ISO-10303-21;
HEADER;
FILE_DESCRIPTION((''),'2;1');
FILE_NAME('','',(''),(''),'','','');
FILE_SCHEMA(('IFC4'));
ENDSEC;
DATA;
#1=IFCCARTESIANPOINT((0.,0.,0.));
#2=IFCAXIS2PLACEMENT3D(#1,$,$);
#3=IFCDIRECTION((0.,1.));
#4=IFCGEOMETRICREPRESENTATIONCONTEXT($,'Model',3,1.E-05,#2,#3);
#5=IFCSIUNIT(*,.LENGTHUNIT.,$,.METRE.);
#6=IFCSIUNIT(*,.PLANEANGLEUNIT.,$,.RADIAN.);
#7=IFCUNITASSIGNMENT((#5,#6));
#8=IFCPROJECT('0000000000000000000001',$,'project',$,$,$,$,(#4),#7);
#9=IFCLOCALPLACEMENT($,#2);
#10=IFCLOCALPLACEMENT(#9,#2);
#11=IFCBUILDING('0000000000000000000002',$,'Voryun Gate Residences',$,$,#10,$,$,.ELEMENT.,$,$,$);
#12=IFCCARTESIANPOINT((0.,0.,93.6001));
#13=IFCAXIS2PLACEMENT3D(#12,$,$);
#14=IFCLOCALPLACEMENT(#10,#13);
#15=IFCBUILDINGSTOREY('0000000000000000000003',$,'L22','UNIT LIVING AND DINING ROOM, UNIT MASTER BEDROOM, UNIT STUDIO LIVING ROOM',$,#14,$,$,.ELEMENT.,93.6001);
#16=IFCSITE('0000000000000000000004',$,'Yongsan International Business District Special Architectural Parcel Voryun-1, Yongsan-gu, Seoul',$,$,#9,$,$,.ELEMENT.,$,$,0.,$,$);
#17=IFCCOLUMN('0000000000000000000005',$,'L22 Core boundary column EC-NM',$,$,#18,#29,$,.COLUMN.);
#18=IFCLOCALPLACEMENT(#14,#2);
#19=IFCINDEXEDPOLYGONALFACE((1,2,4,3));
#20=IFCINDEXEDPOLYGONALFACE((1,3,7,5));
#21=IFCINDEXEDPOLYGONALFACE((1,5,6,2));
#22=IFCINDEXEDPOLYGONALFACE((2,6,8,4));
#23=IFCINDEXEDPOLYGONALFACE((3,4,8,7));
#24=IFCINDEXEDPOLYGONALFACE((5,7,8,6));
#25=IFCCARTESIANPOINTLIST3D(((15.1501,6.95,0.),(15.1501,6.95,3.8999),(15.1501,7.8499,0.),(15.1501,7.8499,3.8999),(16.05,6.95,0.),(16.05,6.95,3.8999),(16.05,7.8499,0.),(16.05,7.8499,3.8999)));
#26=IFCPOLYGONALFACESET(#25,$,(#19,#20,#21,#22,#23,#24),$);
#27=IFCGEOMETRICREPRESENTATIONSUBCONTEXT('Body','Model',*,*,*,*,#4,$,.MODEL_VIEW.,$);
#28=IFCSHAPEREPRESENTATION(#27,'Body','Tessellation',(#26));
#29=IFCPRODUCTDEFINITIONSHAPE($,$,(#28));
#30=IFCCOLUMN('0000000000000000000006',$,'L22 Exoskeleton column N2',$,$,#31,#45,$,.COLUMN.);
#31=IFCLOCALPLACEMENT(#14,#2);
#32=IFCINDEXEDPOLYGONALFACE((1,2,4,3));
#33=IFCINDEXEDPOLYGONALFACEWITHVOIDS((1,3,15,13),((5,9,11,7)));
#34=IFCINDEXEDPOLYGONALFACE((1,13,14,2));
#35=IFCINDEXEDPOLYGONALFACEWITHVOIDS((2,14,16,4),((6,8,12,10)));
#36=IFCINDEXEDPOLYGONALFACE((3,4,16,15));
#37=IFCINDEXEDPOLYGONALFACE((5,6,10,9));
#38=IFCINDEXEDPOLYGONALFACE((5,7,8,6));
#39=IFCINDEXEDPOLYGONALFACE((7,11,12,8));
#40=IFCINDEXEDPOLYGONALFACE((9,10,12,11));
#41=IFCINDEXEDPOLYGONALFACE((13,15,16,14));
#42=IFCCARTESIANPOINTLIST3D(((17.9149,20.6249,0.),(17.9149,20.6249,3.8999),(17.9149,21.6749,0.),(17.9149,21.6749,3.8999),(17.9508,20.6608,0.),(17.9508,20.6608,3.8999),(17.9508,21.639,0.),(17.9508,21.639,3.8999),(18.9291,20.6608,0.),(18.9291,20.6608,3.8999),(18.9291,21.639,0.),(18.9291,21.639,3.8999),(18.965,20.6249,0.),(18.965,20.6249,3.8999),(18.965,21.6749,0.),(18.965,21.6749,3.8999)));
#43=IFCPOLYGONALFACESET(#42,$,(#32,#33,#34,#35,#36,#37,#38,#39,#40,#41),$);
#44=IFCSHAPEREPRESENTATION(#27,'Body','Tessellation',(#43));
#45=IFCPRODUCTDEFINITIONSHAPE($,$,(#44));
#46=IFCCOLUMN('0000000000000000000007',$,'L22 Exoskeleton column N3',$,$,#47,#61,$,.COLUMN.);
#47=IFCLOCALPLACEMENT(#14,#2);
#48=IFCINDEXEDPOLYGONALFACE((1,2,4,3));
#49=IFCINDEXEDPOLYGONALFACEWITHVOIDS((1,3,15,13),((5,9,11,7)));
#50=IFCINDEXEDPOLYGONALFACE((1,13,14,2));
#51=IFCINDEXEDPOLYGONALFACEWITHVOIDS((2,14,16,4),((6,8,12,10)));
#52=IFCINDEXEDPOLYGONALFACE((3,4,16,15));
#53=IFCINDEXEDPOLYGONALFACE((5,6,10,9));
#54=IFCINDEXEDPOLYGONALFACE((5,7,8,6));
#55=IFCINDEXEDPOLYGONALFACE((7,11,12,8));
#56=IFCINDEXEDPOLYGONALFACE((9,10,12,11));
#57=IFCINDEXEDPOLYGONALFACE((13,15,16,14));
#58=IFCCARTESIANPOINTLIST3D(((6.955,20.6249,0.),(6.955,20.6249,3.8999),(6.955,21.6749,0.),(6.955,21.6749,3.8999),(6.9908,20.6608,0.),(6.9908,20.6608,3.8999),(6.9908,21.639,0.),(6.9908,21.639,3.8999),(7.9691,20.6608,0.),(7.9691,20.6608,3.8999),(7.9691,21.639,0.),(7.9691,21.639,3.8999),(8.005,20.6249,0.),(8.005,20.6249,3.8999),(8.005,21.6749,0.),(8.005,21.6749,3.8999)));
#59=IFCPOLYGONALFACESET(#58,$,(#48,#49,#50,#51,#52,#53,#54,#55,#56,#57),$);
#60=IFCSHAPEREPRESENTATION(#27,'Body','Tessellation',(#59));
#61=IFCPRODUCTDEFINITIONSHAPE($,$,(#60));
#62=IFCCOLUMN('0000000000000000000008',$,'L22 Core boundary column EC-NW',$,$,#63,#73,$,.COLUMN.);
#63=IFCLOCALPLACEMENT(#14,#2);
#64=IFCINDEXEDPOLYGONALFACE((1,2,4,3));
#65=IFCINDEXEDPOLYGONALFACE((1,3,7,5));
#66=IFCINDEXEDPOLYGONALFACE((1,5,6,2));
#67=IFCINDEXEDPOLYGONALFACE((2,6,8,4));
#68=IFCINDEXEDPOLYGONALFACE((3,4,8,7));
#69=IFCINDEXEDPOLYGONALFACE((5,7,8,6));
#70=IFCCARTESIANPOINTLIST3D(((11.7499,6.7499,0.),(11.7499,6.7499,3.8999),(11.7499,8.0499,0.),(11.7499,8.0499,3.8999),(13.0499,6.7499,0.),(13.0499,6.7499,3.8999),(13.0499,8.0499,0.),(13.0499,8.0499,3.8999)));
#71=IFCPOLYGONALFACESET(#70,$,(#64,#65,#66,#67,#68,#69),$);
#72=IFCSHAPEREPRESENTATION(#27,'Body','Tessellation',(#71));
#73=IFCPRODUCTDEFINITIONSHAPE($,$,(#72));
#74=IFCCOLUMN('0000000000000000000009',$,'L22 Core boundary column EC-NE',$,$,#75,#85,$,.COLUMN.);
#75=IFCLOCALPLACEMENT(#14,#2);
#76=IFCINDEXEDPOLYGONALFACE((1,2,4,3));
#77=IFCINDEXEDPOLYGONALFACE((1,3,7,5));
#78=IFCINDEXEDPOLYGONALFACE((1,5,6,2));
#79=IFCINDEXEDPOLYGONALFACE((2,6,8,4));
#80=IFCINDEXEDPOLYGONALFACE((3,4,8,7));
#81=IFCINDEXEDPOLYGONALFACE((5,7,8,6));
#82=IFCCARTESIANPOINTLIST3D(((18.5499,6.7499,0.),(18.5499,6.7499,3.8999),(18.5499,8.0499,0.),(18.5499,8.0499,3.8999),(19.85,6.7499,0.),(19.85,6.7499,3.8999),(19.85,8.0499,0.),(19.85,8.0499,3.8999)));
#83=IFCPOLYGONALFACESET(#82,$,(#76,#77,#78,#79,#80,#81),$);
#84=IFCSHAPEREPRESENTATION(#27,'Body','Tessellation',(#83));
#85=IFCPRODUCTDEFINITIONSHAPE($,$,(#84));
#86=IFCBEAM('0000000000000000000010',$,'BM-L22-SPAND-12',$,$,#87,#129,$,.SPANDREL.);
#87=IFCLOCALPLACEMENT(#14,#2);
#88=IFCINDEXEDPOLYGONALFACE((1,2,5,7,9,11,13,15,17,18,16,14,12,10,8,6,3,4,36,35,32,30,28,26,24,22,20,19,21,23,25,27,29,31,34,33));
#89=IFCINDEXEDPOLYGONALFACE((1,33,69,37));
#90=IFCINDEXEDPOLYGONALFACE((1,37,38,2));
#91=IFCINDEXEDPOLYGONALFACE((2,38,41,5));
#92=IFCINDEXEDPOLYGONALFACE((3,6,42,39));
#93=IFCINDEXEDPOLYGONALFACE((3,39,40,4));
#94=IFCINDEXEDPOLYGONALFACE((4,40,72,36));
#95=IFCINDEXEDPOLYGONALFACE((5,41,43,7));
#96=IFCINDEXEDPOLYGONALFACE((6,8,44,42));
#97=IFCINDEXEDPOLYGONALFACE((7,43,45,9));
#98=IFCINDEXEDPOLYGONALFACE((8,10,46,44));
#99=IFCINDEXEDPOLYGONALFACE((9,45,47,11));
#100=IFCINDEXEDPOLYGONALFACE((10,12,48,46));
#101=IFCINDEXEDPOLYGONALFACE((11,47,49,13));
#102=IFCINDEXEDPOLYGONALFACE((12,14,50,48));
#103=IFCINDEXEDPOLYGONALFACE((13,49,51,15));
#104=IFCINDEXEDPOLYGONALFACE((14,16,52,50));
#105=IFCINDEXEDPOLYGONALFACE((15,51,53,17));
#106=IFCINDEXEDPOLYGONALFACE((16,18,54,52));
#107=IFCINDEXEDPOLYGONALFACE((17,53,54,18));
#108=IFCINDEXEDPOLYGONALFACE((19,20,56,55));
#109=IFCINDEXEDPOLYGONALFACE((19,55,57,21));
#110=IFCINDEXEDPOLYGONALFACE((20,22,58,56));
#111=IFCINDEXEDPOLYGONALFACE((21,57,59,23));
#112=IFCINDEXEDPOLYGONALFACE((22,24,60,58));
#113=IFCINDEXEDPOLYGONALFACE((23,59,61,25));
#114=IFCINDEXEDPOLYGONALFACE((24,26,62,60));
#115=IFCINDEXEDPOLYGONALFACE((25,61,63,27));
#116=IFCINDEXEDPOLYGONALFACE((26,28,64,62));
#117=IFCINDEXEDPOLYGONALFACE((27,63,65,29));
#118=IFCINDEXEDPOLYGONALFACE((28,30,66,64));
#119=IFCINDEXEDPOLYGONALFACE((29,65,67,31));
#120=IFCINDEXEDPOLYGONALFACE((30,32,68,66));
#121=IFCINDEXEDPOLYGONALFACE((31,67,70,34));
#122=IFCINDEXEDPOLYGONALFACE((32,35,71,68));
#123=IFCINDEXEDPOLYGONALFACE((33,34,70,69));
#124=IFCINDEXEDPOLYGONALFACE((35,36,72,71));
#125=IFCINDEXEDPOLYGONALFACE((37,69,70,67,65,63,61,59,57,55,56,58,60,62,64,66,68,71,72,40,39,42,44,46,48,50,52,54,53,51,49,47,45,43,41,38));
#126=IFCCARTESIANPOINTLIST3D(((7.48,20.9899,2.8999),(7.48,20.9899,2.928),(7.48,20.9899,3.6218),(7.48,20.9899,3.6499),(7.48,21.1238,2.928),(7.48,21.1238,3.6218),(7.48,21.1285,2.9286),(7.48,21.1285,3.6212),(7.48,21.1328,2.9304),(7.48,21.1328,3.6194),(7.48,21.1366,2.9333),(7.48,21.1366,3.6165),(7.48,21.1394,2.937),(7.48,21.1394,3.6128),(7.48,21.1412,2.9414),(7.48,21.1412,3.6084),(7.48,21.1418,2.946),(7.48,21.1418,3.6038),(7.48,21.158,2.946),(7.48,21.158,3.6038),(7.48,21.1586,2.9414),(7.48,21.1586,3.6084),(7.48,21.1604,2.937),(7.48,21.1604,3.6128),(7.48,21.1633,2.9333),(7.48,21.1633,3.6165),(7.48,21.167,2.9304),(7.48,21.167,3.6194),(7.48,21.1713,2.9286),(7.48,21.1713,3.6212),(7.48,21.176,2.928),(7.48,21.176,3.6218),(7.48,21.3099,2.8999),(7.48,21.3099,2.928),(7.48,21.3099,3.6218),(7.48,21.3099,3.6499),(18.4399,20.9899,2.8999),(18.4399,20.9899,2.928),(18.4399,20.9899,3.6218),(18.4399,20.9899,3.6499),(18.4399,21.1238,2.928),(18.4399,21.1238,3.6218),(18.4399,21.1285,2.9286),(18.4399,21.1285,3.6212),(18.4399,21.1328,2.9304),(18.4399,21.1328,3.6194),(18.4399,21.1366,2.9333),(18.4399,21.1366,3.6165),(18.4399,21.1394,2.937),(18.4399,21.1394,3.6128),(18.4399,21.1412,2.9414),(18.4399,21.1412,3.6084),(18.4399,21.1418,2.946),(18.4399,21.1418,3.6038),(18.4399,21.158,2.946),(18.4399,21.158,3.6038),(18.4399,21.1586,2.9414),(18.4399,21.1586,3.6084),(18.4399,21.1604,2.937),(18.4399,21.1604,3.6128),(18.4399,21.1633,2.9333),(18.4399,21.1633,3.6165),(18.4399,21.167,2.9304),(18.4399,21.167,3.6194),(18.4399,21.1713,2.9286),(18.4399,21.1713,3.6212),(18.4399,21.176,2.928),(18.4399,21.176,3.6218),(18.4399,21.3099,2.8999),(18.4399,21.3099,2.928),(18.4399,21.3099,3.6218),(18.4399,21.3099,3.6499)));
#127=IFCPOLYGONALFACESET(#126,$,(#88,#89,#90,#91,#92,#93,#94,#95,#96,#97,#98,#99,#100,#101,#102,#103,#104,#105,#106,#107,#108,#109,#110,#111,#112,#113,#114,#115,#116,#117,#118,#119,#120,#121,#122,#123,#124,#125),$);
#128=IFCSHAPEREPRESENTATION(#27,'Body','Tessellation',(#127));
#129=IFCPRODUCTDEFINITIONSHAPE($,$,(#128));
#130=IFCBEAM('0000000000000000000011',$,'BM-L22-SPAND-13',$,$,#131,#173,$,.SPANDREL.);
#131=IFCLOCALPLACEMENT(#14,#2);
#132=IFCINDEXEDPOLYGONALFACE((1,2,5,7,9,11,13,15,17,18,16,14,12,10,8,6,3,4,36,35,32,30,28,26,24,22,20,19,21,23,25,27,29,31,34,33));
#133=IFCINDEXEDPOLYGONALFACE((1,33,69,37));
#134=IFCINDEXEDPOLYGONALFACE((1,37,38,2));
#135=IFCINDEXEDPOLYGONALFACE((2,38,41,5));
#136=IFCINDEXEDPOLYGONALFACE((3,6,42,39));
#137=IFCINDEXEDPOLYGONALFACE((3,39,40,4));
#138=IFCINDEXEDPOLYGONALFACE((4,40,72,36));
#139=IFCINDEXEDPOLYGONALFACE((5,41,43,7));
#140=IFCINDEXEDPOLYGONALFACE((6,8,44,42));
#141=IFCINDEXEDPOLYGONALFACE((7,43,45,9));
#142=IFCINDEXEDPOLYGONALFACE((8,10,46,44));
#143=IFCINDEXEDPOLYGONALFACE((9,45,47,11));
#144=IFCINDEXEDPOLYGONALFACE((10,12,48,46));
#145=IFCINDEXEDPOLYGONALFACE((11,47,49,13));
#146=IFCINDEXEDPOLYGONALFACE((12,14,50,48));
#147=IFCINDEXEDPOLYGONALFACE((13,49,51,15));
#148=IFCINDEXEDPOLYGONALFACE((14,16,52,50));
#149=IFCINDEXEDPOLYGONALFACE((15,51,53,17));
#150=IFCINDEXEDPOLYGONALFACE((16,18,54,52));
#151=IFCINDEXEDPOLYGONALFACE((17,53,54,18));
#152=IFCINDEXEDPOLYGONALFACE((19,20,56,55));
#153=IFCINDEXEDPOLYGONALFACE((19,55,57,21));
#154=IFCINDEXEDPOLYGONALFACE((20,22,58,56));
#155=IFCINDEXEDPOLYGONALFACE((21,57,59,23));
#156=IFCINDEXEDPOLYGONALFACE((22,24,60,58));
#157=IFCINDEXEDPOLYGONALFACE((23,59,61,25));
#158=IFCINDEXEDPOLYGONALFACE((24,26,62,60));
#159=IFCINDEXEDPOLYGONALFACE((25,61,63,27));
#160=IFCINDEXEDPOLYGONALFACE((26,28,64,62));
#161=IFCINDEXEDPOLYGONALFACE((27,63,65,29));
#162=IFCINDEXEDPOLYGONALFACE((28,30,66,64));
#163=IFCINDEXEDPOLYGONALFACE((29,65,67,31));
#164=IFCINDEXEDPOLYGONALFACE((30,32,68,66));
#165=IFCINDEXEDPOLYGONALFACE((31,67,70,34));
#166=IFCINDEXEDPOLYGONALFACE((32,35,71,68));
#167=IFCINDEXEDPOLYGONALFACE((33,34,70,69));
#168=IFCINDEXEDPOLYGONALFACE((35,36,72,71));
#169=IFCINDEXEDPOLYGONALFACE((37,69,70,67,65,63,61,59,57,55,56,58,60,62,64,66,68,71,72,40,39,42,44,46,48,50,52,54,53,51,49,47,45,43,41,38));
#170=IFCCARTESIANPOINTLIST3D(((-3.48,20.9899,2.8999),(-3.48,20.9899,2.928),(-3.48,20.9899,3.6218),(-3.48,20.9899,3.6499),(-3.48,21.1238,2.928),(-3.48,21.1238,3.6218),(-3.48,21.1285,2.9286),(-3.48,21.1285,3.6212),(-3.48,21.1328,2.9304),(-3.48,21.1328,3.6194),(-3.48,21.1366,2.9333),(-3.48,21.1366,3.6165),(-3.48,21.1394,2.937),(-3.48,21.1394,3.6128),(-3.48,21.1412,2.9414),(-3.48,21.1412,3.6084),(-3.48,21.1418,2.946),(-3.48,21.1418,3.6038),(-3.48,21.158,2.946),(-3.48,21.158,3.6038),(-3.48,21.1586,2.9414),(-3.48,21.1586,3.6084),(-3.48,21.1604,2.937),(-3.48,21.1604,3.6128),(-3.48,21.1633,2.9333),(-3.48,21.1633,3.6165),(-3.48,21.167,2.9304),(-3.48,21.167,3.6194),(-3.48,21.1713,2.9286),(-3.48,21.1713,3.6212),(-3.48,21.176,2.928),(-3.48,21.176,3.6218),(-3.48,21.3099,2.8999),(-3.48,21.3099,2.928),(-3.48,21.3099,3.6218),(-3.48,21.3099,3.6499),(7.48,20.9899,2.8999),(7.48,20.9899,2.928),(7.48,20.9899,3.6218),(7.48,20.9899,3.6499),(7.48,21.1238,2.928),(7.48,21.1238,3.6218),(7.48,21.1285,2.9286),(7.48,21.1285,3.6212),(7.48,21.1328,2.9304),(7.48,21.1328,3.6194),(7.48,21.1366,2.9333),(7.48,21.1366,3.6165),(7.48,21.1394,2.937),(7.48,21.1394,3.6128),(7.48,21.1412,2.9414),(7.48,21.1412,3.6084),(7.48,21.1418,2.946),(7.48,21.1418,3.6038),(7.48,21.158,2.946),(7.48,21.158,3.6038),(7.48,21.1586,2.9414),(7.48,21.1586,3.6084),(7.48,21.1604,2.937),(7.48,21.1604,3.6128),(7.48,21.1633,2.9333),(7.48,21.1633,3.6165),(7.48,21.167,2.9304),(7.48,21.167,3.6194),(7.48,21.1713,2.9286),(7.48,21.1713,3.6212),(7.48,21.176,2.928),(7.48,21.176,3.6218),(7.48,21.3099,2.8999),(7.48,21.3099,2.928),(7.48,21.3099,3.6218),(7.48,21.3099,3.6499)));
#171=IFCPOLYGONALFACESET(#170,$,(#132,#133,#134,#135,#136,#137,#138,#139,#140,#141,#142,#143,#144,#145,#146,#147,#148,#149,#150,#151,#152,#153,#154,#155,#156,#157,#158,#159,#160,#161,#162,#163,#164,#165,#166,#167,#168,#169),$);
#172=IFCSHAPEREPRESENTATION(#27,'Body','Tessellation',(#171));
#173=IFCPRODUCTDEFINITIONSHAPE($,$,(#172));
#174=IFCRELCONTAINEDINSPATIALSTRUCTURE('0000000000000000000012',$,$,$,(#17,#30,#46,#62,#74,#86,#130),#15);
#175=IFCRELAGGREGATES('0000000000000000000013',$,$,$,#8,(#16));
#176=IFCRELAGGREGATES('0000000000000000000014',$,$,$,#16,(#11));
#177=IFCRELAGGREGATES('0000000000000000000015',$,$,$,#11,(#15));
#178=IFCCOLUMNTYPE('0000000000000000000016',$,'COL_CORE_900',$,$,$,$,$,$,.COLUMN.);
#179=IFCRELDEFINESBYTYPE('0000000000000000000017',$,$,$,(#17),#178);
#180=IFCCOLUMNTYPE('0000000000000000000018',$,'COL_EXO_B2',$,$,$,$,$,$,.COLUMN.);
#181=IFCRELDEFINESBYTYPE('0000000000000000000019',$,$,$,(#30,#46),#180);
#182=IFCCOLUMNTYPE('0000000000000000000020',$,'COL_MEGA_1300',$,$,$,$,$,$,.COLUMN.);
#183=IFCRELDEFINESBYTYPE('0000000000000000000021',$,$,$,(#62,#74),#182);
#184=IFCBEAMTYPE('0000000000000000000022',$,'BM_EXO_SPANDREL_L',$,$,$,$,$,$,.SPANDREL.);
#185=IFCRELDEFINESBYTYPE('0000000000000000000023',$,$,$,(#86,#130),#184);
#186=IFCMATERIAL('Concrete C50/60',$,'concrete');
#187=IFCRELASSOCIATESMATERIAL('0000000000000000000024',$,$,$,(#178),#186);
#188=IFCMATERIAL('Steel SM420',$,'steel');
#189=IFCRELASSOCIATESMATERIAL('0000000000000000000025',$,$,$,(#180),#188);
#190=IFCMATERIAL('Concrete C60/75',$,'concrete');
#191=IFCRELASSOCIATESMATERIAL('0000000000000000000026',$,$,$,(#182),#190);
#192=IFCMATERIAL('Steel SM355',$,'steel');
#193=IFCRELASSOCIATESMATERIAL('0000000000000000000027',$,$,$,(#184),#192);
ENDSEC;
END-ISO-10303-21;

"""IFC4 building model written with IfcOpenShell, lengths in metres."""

from ifc_helpers import new_model, si_unit, direction, frame, origin, origin_2d, place, context, subcontext, project, spatial, rectangle, hollow_rectangle, i_section, extrude, material, material_profile, profile_set, type_object, element, save


model = new_model("IFC4")

# Units and contexts
model_context = context("Model", 3, precision=1e-05, world=origin(), true_north=direction((0.0, 1.0)))
body_context = subcontext(model_context, "Body", "Model", "MODEL_VIEW")
ifc_project = project(units=[si_unit("LENGTHUNIT", "METRE"), si_unit("PLANEANGLEUNIT", "RADIAN")], contexts=[model_context])

# Site, building, storey
site_placement = place(None, origin())
site = spatial("IfcSite", under=ifc_project, at=site_placement, Name="Yongsan International Business District Special Architectural Parcel Voryun-1, Yongsan-gu, Seoul", CompositionType="ELEMENT", RefElevation=0.0)
building_placement = place(site_placement, origin())
building = spatial("IfcBuilding", under=site, at=building_placement, Name="Voryun Gate Residences", CompositionType="ELEMENT")
storey_placement = place(building_placement, frame((0.0, 0.0, 93.6001)))
storey = spatial("IfcBuildingStorey", under=building, at=storey_placement, Name="L22", Description="UNIT LIVING AND DINING ROOM, UNIT MASTER BEDROOM, UNIT STUDIO LIVING ROOM", CompositionType="ELEMENT", Elevation=93.6001)

# Columns
ifc_material_1 = material(Name="Concrete C50/60", Category="concrete")
ifc_material_profile_1 = material_profile(ifc_material_1, rectangle(XDim=0.8999, YDim=0.8999, at=origin_2d()), Name="RC-900x900")
ifc_profile_set_1 = profile_set([ifc_material_profile_1], Name="Concrete C50/60")
column_type_1 = type_object("IfcColumnType", Name="COL_CORE_900", PredefinedType="COLUMN", material=ifc_profile_set_1)
column_placement = place(storey_placement, frame((15.6001, 7.3999, 0.0), z_axis=(0.0, 0.0, 1.0), x_axis=(1.0, 0.0, 0.0)))
element("IfcColumn", 1, at=column_placement, inside=storey, type_object=column_type_1, Name="L22 Core boundary column EC-NM", PredefinedType="COLUMN", context=body_context, shape_type="SweptSolid", body=[
    extrude(rectangle(XDim=0.8999, YDim=0.8999, at=origin_2d()), origin(), (0.0, 0.0, 1.0), 3.8999),
])
ifc_material_2 = material(Name="Steel SM420", Category="steel")
ifc_material_profile_2 = material_profile(ifc_material_2, hollow_rectangle(XDim=1.05, YDim=1.05, WallThickness=0.0359, at=origin_2d()), Name="BOX-1050x1050x36")
ifc_profile_set_2 = profile_set([ifc_material_profile_2], Name="Steel SM420")
column_type_2 = type_object("IfcColumnType", Name="COL_EXO_B2", PredefinedType="COLUMN", material=ifc_profile_set_2)
for number, where, z_axis, x_axis, name in (
    (2, (18.4399, 21.1499, 0.0), (0.0, 0.0, 1.0), (1.0, 0.0, 0.0), "L22 Exoskeleton column N2"),
    (3, (7.48, 21.1499, 0.0), (0.0, 0.0, 1.0), (1.0, 0.0, 0.0), "L22 Exoskeleton column N3"),
):
    element("IfcColumn", number, at=place(storey_placement, frame(where, z_axis=z_axis, x_axis=x_axis)), inside=storey, type_object=column_type_2, Name=name, PredefinedType="COLUMN", context=body_context, shape_type="SweptSolid", body=[
        extrude(hollow_rectangle(XDim=1.05, YDim=1.05, WallThickness=0.0359, at=origin_2d()), origin(), (0.0, 0.0, 1.0), 3.8999),
    ])
ifc_material_3 = material(Name="Concrete C60/75", Category="concrete")
ifc_material_profile_3 = material_profile(ifc_material_3, rectangle(XDim=1.3, YDim=1.3, at=origin_2d()), Name="RC-1300x1300")
ifc_profile_set_3 = profile_set([ifc_material_profile_3], Name="Concrete C60/75")
column_type_3 = type_object("IfcColumnType", Name="COL_MEGA_1300", PredefinedType="COLUMN", material=ifc_profile_set_3)
for number, where, z_axis, x_axis, name in (
    (4, (12.3999, 7.3999, 0.0), (0.0, 0.0, 1.0), (1.0, 0.0, 0.0), "L22 Core boundary column EC-NW"),
    (5, (19.2, 7.3999, 0.0), (0.0, 0.0, 1.0), (1.0, 0.0, 0.0), "L22 Core boundary column EC-NE"),
):
    element("IfcColumn", number, at=place(storey_placement, frame(where, z_axis=z_axis, x_axis=x_axis)), inside=storey, type_object=column_type_3, Name=name, PredefinedType="COLUMN", context=body_context, shape_type="SweptSolid", body=[
        extrude(rectangle(XDim=1.3, YDim=1.3, at=origin_2d()), origin(), (0.0, 0.0, 1.0), 3.8999),
    ])

# Beams
ifc_material_4 = material(Name="Steel SM355", Category="steel")
ifc_material_profile_4 = material_profile(ifc_material_4, i_section(OverallWidth=0.3201, OverallDepth=0.75, WebThickness=0.0161, FlangeThickness=0.0281, FilletRadius=0.0181, at=origin_2d()), Name="H-750x320x16x28")
ifc_profile_set_4 = profile_set([ifc_material_profile_4], Name="Steel SM355")
beam_type_1 = type_object("IfcBeamType", Name="BM_EXO_SPANDREL_L", PredefinedType="SPANDREL", material=ifc_profile_set_4)
for number, where, z_axis, x_axis, name in (
    (6, (18.4399, 21.1499, 3.2749), (-1.0, 0.0, 0.0), (0.0, -1.0, 0.0), "BM-L22-SPAND-12"),
    (7, (7.48, 21.1499, 3.2749), (-1.0, 0.0, 0.0), (0.0, -1.0, 0.0), "BM-L22-SPAND-13"),
):
    element("IfcBeam", number, at=place(storey_placement, frame(where, z_axis=z_axis, x_axis=x_axis)), inside=storey, type_object=beam_type_1, Name=name, PredefinedType="SPANDREL", context=body_context, shape_type="SweptSolid", body=[
        extrude(i_section(OverallWidth=0.3201, OverallDepth=0.75, WebThickness=0.0161, FlangeThickness=0.0281, FilletRadius=0.0181, at=origin_2d()), origin(), (0.0, 0.0, 1.0), 10.96),
    ])

save(model, "model.ifc")
